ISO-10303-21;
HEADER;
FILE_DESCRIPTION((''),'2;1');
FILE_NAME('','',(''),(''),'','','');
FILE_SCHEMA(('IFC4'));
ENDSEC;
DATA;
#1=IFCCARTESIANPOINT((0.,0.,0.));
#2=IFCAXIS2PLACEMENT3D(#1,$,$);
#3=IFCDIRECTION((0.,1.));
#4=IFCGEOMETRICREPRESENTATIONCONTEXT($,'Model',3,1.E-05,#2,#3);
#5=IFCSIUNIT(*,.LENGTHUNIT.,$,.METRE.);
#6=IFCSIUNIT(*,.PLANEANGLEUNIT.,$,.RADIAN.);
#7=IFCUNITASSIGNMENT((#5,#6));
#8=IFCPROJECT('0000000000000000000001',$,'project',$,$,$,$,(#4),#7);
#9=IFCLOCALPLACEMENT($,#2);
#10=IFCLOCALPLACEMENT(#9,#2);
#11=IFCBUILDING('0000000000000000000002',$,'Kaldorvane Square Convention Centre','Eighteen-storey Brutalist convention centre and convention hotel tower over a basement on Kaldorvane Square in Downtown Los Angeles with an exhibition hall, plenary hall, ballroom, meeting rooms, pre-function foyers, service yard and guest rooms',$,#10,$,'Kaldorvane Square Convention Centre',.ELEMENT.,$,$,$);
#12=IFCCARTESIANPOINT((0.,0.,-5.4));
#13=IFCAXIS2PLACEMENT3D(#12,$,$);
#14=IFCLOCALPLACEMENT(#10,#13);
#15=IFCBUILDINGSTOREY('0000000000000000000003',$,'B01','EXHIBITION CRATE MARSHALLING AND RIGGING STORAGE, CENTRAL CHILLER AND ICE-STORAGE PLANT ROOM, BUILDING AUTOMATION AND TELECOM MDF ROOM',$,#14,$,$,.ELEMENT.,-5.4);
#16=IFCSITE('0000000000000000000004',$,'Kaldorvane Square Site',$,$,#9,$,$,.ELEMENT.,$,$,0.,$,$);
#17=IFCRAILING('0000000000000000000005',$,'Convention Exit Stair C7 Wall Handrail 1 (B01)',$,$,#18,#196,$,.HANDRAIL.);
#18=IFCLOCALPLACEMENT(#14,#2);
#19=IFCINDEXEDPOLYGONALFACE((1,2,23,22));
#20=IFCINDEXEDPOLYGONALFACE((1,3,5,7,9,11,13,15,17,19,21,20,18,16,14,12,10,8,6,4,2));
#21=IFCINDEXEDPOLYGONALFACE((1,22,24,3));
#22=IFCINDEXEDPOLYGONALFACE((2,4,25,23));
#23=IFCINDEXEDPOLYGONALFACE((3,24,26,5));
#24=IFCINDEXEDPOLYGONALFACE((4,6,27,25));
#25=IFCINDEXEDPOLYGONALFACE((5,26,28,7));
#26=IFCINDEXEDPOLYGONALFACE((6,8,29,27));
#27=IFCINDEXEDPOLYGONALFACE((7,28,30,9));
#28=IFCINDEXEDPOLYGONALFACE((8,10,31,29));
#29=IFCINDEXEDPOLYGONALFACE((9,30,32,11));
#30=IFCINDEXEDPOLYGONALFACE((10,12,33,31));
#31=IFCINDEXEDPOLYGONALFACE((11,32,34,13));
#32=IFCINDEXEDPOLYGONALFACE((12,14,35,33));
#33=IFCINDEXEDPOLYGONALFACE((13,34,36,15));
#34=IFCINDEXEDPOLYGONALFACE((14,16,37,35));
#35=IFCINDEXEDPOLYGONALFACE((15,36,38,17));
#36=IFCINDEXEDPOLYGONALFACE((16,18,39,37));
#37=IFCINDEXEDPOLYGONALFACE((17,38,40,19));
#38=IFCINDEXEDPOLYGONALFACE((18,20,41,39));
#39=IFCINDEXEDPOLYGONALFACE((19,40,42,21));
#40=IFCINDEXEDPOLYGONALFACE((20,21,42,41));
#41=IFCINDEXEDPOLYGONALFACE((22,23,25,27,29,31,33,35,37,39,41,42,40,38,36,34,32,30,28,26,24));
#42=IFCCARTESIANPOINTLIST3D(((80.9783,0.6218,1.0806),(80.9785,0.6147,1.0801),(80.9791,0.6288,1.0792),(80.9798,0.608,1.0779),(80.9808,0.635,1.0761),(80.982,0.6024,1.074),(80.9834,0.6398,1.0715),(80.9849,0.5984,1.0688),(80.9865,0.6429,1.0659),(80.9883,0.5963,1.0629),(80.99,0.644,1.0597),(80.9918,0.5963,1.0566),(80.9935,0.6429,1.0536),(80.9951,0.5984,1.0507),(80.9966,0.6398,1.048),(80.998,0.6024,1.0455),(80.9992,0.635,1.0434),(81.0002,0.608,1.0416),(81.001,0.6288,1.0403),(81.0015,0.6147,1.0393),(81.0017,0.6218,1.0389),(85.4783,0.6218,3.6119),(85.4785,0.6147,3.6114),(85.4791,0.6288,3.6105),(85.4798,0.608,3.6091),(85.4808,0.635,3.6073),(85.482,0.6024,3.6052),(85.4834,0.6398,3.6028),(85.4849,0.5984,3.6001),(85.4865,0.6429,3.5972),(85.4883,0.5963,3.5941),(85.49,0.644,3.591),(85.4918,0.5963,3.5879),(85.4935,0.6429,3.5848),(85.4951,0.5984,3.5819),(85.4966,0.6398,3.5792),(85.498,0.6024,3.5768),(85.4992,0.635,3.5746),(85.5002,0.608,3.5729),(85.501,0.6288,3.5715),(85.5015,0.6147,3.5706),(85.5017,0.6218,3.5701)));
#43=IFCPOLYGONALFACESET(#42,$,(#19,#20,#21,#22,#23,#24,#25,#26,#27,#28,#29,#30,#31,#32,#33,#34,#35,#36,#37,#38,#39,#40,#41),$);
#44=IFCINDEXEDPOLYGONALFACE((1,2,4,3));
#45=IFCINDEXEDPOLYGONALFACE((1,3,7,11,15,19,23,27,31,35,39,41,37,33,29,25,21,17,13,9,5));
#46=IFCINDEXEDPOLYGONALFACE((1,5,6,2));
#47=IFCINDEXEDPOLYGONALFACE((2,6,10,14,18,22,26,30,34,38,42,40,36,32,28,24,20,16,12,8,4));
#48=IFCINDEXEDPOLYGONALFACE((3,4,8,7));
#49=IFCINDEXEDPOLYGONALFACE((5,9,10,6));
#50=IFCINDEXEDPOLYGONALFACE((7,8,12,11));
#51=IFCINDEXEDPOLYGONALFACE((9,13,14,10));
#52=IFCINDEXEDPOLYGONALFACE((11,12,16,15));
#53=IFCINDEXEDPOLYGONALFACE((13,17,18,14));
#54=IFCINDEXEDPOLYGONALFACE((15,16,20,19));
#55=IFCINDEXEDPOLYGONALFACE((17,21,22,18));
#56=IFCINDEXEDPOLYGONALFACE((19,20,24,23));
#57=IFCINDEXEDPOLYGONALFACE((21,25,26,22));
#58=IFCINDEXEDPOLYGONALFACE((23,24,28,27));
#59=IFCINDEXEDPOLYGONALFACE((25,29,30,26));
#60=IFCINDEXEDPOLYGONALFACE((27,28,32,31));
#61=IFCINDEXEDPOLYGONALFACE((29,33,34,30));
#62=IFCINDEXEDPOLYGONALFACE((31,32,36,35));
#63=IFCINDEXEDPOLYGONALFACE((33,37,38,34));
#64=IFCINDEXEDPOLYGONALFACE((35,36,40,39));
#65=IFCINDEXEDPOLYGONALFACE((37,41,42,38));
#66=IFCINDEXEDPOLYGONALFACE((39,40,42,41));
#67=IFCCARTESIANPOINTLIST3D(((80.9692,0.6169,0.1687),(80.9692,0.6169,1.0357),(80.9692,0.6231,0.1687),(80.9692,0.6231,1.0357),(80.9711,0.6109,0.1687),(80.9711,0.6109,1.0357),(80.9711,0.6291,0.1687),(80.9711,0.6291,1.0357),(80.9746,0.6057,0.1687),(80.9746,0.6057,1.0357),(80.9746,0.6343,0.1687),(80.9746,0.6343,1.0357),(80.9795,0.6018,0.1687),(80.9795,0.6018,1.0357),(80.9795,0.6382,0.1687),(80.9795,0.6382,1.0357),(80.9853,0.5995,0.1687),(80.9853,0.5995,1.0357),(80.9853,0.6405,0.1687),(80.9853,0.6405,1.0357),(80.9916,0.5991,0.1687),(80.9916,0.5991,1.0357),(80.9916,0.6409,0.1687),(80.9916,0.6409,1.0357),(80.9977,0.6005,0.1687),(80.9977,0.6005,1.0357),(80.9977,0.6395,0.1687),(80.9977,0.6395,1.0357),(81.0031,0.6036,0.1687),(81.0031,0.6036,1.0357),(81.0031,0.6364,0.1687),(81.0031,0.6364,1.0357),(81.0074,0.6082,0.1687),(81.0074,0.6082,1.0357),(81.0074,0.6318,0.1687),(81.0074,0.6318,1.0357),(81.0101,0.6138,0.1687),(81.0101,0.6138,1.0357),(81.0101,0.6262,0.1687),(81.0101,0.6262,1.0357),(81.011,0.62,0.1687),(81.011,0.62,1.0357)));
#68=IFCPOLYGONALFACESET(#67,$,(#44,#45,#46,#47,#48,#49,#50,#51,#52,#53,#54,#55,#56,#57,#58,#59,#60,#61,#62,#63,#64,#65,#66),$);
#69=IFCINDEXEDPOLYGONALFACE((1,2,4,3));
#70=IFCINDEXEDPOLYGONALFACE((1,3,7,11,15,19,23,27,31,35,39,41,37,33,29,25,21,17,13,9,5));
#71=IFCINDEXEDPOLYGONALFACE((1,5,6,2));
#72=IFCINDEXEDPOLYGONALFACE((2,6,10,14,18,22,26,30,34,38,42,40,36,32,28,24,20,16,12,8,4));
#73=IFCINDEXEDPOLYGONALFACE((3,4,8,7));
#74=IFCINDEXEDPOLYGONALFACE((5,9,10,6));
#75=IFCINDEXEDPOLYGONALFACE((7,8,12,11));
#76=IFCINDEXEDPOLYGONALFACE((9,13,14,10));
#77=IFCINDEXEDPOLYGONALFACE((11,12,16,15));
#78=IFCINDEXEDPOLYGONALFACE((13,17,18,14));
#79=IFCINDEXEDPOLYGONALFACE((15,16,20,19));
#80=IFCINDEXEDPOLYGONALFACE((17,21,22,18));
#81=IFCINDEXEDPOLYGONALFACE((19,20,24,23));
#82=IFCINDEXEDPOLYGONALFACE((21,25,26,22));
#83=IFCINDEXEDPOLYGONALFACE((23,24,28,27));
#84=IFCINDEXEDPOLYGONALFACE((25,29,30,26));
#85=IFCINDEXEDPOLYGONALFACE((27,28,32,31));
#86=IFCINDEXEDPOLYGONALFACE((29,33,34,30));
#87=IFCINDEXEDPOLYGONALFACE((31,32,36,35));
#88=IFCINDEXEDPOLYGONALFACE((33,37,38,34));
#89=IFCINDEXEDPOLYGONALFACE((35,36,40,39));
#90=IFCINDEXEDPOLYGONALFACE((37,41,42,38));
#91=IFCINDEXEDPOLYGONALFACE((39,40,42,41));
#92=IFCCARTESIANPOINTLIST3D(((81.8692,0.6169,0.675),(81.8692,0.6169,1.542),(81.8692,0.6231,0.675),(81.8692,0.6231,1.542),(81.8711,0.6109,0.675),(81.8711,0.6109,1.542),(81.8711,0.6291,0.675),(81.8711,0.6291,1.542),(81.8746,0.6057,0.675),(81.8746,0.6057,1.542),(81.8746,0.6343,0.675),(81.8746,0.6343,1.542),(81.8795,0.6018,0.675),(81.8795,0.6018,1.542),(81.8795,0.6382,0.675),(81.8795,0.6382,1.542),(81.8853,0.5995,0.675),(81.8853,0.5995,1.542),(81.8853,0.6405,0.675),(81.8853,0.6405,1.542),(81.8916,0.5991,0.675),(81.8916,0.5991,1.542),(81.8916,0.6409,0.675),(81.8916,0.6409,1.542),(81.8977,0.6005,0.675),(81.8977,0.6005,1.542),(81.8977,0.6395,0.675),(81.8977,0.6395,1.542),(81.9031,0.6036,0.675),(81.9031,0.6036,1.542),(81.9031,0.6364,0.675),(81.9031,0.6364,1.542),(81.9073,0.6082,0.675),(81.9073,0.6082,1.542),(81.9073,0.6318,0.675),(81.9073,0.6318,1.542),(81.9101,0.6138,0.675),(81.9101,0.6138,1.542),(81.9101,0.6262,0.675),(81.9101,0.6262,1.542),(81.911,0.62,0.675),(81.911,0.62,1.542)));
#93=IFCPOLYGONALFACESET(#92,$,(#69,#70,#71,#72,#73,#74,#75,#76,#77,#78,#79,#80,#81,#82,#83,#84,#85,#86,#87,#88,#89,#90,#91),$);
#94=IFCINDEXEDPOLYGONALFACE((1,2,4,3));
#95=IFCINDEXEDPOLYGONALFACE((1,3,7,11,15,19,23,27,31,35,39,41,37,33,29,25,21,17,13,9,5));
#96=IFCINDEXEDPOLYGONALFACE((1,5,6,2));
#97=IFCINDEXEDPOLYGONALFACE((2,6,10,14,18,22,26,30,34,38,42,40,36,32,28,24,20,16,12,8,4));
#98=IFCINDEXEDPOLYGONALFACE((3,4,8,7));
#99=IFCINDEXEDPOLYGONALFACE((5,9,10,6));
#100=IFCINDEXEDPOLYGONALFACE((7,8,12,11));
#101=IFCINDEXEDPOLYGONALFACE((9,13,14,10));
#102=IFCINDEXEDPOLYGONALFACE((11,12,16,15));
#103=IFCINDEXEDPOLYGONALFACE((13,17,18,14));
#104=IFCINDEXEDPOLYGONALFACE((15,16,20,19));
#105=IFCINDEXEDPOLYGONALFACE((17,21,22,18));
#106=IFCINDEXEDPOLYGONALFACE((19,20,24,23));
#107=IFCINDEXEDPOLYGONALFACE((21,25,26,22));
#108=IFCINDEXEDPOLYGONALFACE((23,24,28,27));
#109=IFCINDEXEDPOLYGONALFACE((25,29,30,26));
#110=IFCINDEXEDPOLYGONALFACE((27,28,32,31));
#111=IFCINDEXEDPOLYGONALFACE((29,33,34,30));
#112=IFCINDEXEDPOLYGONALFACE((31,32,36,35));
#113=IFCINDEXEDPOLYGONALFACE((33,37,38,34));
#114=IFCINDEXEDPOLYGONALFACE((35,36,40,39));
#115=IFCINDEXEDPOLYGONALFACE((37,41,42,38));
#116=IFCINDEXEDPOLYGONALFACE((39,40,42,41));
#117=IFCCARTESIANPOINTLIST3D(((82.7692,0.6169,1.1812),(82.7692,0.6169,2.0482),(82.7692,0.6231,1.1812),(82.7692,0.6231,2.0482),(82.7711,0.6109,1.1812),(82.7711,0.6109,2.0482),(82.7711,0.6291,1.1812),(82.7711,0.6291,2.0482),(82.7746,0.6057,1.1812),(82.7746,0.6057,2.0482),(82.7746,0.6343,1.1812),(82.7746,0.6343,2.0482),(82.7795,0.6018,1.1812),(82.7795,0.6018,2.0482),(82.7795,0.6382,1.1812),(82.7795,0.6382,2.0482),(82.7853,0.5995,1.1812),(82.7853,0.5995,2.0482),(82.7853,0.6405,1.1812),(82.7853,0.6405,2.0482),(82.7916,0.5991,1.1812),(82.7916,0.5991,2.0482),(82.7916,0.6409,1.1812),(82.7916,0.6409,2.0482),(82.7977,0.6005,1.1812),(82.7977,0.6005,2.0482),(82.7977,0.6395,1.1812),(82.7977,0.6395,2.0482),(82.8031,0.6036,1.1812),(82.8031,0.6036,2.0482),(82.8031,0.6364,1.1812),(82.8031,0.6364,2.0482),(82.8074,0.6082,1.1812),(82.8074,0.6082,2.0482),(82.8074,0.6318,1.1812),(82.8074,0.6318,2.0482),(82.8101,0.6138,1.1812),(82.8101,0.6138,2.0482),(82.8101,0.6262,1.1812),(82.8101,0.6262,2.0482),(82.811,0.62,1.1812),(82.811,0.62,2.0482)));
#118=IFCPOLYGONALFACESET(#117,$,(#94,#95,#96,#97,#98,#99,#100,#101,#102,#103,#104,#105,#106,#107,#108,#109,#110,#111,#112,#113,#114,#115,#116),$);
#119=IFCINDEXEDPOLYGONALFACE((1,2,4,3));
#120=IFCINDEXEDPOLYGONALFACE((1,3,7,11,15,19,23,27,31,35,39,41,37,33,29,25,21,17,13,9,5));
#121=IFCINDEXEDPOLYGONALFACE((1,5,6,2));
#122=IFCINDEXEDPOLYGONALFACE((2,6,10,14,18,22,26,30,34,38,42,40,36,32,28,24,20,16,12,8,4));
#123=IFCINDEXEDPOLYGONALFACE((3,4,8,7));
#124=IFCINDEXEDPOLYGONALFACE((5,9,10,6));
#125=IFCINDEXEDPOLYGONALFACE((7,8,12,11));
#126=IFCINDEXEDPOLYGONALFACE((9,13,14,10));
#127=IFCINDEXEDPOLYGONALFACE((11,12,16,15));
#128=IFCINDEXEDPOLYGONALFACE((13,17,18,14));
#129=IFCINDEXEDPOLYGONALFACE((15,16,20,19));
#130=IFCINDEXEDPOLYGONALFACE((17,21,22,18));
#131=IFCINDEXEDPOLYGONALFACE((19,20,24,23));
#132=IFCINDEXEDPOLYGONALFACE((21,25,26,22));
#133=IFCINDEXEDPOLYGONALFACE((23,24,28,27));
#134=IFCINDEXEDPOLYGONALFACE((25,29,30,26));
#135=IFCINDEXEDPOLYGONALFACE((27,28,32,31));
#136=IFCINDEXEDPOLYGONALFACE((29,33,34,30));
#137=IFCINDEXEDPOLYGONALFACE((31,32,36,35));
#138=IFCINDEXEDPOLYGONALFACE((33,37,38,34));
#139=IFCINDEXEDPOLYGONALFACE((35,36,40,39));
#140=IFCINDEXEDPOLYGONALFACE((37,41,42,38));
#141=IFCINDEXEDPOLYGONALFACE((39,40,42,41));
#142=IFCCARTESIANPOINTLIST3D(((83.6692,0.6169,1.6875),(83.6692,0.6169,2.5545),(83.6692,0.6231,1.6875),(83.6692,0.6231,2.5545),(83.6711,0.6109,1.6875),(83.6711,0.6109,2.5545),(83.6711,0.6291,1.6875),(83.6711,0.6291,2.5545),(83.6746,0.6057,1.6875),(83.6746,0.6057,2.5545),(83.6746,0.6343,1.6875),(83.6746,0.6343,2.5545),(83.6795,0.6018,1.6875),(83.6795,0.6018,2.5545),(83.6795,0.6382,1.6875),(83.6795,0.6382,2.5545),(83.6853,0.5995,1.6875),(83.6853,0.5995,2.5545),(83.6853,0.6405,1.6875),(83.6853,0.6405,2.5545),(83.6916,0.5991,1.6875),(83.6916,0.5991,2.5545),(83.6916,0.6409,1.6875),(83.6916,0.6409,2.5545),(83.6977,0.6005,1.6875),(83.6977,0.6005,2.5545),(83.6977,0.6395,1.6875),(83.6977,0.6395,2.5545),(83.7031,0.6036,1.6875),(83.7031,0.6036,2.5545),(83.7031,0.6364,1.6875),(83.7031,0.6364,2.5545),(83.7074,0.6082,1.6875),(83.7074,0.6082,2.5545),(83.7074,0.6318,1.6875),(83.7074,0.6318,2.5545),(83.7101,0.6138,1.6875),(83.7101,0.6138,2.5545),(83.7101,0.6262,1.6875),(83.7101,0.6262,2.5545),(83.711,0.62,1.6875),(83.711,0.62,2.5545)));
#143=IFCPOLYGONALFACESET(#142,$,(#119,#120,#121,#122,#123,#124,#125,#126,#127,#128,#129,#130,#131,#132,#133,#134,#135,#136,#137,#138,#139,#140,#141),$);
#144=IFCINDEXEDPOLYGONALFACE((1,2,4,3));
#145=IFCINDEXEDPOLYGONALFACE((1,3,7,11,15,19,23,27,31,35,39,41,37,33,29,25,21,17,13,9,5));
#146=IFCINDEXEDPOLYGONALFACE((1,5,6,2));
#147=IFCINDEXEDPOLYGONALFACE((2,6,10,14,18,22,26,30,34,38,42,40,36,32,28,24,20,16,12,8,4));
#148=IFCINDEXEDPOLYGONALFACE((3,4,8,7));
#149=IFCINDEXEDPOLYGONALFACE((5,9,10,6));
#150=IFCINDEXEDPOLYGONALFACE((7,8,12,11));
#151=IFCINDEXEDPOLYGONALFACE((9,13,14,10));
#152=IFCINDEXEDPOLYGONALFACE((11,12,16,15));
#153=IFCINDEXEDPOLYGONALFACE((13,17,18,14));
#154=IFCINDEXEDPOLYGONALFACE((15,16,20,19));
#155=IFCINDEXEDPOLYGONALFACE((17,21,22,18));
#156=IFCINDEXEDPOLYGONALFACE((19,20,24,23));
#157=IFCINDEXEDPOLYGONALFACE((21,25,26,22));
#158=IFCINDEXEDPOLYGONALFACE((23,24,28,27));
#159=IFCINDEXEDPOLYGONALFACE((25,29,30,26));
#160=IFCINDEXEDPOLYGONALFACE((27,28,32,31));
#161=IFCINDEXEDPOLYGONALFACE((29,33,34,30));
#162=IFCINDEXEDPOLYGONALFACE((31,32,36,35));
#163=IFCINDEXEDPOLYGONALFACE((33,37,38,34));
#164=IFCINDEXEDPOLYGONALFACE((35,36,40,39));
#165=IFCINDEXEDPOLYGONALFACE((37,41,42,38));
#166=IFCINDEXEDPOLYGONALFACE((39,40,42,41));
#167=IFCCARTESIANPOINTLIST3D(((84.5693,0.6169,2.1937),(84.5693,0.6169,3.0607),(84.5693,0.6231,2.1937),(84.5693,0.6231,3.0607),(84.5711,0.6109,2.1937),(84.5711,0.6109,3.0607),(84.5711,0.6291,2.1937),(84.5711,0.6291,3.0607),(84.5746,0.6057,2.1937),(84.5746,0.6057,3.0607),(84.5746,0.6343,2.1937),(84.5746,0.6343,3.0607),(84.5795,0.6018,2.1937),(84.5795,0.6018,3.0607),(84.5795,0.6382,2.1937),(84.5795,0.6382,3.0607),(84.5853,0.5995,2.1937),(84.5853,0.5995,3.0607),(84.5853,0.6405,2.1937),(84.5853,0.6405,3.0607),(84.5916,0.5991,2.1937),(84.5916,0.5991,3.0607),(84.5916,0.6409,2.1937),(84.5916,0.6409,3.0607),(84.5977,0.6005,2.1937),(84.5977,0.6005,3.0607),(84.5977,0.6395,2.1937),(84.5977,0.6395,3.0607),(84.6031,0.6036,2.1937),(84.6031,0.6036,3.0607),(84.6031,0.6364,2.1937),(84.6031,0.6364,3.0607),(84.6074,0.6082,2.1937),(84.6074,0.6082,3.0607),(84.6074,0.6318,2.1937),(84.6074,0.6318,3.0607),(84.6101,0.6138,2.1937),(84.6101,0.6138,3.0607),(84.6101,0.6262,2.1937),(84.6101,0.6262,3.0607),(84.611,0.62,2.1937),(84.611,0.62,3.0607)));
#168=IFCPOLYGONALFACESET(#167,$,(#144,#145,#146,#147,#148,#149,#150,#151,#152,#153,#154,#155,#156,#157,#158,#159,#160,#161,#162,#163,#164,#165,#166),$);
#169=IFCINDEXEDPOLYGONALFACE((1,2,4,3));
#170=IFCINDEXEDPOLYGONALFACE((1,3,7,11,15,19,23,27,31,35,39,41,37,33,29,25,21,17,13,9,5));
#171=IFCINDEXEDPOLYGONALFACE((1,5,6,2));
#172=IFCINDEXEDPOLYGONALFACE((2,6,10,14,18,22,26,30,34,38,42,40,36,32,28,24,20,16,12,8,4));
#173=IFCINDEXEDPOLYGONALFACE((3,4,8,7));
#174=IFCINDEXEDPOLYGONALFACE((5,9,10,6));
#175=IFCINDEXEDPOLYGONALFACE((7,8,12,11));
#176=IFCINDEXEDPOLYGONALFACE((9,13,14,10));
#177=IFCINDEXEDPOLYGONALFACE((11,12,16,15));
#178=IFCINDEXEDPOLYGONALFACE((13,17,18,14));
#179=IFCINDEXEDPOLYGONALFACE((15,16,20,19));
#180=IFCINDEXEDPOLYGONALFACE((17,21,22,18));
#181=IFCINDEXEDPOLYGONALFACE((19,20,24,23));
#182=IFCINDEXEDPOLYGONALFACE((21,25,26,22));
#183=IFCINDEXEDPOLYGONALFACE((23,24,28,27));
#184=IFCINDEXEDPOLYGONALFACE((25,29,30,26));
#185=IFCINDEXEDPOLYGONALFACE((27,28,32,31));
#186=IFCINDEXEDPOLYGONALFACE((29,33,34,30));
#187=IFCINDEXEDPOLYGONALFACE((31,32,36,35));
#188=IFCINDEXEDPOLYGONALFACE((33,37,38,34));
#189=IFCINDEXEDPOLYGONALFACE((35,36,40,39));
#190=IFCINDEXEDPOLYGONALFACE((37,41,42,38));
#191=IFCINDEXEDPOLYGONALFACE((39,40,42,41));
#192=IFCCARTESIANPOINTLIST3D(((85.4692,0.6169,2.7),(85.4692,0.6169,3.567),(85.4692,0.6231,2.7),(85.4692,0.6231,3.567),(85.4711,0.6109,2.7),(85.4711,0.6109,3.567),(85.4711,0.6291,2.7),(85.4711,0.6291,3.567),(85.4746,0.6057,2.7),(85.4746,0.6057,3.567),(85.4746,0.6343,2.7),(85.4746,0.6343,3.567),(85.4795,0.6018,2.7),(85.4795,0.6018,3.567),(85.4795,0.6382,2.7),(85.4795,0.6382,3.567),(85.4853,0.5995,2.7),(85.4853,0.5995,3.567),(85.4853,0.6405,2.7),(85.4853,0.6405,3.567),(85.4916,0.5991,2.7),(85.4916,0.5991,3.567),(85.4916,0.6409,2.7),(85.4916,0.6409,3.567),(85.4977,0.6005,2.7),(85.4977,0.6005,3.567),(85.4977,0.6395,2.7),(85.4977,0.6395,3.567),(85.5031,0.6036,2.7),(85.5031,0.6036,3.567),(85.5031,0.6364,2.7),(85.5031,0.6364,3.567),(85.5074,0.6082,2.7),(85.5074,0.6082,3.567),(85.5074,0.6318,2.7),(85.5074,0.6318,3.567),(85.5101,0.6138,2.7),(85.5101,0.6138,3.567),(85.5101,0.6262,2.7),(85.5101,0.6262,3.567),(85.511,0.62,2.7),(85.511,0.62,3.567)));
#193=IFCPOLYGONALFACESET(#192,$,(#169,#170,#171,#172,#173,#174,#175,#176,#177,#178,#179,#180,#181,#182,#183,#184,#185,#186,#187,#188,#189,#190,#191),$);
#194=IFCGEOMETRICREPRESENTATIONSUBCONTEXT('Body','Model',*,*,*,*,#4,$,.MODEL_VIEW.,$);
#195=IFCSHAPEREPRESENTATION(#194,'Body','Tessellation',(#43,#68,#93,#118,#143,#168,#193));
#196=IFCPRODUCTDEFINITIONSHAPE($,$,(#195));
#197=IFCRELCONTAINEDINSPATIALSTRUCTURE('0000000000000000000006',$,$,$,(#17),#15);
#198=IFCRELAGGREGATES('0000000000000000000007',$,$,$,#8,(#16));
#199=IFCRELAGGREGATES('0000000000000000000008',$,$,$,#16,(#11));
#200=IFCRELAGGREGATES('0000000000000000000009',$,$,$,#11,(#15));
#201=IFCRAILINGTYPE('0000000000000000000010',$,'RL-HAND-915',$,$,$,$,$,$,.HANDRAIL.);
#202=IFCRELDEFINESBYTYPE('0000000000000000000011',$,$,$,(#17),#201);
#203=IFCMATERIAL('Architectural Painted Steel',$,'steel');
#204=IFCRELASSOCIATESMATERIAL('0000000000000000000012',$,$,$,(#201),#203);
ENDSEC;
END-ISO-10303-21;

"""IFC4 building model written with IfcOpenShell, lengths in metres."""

from ifc_helpers import new_model, si_unit, direction, frame, origin, origin_2d, place, context, subcontext, project, spatial, circle, extrude, material, type_object, element, save


model = new_model("IFC4")

# Units and contexts
model_context = context("Model", 3, precision=1e-05, world=origin(), true_north=direction((0.0, 1.0)))
body_context = subcontext(model_context, "Body", "Model", "MODEL_VIEW")
ifc_project = project(units=[si_unit("LENGTHUNIT", "METRE"), si_unit("PLANEANGLEUNIT", "RADIAN")], contexts=[model_context])

# Site, building, storey
site_placement = place(None, origin())
site = spatial("IfcSite", under=ifc_project, at=site_placement, Name="Kaldorvane Square Site", CompositionType="ELEMENT", RefElevation=0.0)
building_placement = place(site_placement, origin())
building = spatial("IfcBuilding", under=site, at=building_placement, Name="Kaldorvane Square Convention Centre", Description="Eighteen-storey Brutalist convention centre and convention hotel tower over a basement on Kaldorvane Square in Downtown Los Angeles with an exhibition hall, plenary hall, ballroom, meeting rooms, pre-function foyers, service yard and guest rooms", LongName="Kaldorvane Square Convention Centre", CompositionType="ELEMENT")
storey_placement = place(building_placement, frame((0.0, 0.0, -5.4)))
storey = spatial("IfcBuildingStorey", under=building, at=storey_placement, Name="B01", Description="EXHIBITION CRATE MARSHALLING AND RIGGING STORAGE, CENTRAL CHILLER AND ICE-STORAGE PLANT ROOM, BUILDING AUTOMATION AND TELECOM MDF ROOM", CompositionType="ELEMENT", Elevation=-5.4)

# Railing
ifc_material_1 = material(Name="Architectural Painted Steel", Category="steel")
railing_type_1 = type_object("IfcRailingType", Name="RL-HAND-915", PredefinedType="HANDRAIL", material=ifc_material_1)
railing_1_placement = place(storey_placement, frame((80.99, 0.62, 0.1687)))
element("IfcRailing", 1, at=railing_1_placement, inside=storey, type_object=railing_type_1, Name="Convention Exit Stair C7 Wall Handrail 1 (B01)", PredefinedType="HANDRAIL", context=body_context, shape_type="SweptSolid", body=[
    extrude(circle(Radius=0.024, at=origin_2d()), frame((0.0, 0.0, 0.891), z_axis=(0.871576, 0.0, 0.490261), x_axis=(0.0, 1.0, 0.0)), (0.0, 0.0, 1.0), 5.1631),
    extrude(circle(Radius=0.021, at=origin_2d()), origin(), (0.0, 0.0, 1.0), 0.867),
    extrude(circle(Radius=0.021, at=origin_2d()), frame((0.9, 0.0, 0.5063)), (0.0, 0.0, 1.0), 0.867),
    extrude(circle(Radius=0.021, at=origin_2d()), frame((1.8, 0.0, 1.0125)), (0.0, 0.0, 1.0), 0.867),
    extrude(circle(Radius=0.021, at=origin_2d()), frame((2.7, 0.0, 1.5188)), (0.0, 0.0, 1.0), 0.867),
    extrude(circle(Radius=0.021, at=origin_2d()), frame((3.6, 0.0, 2.025)), (0.0, 0.0, 1.0), 0.867),
    extrude(circle(Radius=0.021, at=origin_2d()), frame((4.5, 0.0, 2.5312)), (0.0, 0.0, 1.0), 0.867),
])

save(model, "model.ifc")
